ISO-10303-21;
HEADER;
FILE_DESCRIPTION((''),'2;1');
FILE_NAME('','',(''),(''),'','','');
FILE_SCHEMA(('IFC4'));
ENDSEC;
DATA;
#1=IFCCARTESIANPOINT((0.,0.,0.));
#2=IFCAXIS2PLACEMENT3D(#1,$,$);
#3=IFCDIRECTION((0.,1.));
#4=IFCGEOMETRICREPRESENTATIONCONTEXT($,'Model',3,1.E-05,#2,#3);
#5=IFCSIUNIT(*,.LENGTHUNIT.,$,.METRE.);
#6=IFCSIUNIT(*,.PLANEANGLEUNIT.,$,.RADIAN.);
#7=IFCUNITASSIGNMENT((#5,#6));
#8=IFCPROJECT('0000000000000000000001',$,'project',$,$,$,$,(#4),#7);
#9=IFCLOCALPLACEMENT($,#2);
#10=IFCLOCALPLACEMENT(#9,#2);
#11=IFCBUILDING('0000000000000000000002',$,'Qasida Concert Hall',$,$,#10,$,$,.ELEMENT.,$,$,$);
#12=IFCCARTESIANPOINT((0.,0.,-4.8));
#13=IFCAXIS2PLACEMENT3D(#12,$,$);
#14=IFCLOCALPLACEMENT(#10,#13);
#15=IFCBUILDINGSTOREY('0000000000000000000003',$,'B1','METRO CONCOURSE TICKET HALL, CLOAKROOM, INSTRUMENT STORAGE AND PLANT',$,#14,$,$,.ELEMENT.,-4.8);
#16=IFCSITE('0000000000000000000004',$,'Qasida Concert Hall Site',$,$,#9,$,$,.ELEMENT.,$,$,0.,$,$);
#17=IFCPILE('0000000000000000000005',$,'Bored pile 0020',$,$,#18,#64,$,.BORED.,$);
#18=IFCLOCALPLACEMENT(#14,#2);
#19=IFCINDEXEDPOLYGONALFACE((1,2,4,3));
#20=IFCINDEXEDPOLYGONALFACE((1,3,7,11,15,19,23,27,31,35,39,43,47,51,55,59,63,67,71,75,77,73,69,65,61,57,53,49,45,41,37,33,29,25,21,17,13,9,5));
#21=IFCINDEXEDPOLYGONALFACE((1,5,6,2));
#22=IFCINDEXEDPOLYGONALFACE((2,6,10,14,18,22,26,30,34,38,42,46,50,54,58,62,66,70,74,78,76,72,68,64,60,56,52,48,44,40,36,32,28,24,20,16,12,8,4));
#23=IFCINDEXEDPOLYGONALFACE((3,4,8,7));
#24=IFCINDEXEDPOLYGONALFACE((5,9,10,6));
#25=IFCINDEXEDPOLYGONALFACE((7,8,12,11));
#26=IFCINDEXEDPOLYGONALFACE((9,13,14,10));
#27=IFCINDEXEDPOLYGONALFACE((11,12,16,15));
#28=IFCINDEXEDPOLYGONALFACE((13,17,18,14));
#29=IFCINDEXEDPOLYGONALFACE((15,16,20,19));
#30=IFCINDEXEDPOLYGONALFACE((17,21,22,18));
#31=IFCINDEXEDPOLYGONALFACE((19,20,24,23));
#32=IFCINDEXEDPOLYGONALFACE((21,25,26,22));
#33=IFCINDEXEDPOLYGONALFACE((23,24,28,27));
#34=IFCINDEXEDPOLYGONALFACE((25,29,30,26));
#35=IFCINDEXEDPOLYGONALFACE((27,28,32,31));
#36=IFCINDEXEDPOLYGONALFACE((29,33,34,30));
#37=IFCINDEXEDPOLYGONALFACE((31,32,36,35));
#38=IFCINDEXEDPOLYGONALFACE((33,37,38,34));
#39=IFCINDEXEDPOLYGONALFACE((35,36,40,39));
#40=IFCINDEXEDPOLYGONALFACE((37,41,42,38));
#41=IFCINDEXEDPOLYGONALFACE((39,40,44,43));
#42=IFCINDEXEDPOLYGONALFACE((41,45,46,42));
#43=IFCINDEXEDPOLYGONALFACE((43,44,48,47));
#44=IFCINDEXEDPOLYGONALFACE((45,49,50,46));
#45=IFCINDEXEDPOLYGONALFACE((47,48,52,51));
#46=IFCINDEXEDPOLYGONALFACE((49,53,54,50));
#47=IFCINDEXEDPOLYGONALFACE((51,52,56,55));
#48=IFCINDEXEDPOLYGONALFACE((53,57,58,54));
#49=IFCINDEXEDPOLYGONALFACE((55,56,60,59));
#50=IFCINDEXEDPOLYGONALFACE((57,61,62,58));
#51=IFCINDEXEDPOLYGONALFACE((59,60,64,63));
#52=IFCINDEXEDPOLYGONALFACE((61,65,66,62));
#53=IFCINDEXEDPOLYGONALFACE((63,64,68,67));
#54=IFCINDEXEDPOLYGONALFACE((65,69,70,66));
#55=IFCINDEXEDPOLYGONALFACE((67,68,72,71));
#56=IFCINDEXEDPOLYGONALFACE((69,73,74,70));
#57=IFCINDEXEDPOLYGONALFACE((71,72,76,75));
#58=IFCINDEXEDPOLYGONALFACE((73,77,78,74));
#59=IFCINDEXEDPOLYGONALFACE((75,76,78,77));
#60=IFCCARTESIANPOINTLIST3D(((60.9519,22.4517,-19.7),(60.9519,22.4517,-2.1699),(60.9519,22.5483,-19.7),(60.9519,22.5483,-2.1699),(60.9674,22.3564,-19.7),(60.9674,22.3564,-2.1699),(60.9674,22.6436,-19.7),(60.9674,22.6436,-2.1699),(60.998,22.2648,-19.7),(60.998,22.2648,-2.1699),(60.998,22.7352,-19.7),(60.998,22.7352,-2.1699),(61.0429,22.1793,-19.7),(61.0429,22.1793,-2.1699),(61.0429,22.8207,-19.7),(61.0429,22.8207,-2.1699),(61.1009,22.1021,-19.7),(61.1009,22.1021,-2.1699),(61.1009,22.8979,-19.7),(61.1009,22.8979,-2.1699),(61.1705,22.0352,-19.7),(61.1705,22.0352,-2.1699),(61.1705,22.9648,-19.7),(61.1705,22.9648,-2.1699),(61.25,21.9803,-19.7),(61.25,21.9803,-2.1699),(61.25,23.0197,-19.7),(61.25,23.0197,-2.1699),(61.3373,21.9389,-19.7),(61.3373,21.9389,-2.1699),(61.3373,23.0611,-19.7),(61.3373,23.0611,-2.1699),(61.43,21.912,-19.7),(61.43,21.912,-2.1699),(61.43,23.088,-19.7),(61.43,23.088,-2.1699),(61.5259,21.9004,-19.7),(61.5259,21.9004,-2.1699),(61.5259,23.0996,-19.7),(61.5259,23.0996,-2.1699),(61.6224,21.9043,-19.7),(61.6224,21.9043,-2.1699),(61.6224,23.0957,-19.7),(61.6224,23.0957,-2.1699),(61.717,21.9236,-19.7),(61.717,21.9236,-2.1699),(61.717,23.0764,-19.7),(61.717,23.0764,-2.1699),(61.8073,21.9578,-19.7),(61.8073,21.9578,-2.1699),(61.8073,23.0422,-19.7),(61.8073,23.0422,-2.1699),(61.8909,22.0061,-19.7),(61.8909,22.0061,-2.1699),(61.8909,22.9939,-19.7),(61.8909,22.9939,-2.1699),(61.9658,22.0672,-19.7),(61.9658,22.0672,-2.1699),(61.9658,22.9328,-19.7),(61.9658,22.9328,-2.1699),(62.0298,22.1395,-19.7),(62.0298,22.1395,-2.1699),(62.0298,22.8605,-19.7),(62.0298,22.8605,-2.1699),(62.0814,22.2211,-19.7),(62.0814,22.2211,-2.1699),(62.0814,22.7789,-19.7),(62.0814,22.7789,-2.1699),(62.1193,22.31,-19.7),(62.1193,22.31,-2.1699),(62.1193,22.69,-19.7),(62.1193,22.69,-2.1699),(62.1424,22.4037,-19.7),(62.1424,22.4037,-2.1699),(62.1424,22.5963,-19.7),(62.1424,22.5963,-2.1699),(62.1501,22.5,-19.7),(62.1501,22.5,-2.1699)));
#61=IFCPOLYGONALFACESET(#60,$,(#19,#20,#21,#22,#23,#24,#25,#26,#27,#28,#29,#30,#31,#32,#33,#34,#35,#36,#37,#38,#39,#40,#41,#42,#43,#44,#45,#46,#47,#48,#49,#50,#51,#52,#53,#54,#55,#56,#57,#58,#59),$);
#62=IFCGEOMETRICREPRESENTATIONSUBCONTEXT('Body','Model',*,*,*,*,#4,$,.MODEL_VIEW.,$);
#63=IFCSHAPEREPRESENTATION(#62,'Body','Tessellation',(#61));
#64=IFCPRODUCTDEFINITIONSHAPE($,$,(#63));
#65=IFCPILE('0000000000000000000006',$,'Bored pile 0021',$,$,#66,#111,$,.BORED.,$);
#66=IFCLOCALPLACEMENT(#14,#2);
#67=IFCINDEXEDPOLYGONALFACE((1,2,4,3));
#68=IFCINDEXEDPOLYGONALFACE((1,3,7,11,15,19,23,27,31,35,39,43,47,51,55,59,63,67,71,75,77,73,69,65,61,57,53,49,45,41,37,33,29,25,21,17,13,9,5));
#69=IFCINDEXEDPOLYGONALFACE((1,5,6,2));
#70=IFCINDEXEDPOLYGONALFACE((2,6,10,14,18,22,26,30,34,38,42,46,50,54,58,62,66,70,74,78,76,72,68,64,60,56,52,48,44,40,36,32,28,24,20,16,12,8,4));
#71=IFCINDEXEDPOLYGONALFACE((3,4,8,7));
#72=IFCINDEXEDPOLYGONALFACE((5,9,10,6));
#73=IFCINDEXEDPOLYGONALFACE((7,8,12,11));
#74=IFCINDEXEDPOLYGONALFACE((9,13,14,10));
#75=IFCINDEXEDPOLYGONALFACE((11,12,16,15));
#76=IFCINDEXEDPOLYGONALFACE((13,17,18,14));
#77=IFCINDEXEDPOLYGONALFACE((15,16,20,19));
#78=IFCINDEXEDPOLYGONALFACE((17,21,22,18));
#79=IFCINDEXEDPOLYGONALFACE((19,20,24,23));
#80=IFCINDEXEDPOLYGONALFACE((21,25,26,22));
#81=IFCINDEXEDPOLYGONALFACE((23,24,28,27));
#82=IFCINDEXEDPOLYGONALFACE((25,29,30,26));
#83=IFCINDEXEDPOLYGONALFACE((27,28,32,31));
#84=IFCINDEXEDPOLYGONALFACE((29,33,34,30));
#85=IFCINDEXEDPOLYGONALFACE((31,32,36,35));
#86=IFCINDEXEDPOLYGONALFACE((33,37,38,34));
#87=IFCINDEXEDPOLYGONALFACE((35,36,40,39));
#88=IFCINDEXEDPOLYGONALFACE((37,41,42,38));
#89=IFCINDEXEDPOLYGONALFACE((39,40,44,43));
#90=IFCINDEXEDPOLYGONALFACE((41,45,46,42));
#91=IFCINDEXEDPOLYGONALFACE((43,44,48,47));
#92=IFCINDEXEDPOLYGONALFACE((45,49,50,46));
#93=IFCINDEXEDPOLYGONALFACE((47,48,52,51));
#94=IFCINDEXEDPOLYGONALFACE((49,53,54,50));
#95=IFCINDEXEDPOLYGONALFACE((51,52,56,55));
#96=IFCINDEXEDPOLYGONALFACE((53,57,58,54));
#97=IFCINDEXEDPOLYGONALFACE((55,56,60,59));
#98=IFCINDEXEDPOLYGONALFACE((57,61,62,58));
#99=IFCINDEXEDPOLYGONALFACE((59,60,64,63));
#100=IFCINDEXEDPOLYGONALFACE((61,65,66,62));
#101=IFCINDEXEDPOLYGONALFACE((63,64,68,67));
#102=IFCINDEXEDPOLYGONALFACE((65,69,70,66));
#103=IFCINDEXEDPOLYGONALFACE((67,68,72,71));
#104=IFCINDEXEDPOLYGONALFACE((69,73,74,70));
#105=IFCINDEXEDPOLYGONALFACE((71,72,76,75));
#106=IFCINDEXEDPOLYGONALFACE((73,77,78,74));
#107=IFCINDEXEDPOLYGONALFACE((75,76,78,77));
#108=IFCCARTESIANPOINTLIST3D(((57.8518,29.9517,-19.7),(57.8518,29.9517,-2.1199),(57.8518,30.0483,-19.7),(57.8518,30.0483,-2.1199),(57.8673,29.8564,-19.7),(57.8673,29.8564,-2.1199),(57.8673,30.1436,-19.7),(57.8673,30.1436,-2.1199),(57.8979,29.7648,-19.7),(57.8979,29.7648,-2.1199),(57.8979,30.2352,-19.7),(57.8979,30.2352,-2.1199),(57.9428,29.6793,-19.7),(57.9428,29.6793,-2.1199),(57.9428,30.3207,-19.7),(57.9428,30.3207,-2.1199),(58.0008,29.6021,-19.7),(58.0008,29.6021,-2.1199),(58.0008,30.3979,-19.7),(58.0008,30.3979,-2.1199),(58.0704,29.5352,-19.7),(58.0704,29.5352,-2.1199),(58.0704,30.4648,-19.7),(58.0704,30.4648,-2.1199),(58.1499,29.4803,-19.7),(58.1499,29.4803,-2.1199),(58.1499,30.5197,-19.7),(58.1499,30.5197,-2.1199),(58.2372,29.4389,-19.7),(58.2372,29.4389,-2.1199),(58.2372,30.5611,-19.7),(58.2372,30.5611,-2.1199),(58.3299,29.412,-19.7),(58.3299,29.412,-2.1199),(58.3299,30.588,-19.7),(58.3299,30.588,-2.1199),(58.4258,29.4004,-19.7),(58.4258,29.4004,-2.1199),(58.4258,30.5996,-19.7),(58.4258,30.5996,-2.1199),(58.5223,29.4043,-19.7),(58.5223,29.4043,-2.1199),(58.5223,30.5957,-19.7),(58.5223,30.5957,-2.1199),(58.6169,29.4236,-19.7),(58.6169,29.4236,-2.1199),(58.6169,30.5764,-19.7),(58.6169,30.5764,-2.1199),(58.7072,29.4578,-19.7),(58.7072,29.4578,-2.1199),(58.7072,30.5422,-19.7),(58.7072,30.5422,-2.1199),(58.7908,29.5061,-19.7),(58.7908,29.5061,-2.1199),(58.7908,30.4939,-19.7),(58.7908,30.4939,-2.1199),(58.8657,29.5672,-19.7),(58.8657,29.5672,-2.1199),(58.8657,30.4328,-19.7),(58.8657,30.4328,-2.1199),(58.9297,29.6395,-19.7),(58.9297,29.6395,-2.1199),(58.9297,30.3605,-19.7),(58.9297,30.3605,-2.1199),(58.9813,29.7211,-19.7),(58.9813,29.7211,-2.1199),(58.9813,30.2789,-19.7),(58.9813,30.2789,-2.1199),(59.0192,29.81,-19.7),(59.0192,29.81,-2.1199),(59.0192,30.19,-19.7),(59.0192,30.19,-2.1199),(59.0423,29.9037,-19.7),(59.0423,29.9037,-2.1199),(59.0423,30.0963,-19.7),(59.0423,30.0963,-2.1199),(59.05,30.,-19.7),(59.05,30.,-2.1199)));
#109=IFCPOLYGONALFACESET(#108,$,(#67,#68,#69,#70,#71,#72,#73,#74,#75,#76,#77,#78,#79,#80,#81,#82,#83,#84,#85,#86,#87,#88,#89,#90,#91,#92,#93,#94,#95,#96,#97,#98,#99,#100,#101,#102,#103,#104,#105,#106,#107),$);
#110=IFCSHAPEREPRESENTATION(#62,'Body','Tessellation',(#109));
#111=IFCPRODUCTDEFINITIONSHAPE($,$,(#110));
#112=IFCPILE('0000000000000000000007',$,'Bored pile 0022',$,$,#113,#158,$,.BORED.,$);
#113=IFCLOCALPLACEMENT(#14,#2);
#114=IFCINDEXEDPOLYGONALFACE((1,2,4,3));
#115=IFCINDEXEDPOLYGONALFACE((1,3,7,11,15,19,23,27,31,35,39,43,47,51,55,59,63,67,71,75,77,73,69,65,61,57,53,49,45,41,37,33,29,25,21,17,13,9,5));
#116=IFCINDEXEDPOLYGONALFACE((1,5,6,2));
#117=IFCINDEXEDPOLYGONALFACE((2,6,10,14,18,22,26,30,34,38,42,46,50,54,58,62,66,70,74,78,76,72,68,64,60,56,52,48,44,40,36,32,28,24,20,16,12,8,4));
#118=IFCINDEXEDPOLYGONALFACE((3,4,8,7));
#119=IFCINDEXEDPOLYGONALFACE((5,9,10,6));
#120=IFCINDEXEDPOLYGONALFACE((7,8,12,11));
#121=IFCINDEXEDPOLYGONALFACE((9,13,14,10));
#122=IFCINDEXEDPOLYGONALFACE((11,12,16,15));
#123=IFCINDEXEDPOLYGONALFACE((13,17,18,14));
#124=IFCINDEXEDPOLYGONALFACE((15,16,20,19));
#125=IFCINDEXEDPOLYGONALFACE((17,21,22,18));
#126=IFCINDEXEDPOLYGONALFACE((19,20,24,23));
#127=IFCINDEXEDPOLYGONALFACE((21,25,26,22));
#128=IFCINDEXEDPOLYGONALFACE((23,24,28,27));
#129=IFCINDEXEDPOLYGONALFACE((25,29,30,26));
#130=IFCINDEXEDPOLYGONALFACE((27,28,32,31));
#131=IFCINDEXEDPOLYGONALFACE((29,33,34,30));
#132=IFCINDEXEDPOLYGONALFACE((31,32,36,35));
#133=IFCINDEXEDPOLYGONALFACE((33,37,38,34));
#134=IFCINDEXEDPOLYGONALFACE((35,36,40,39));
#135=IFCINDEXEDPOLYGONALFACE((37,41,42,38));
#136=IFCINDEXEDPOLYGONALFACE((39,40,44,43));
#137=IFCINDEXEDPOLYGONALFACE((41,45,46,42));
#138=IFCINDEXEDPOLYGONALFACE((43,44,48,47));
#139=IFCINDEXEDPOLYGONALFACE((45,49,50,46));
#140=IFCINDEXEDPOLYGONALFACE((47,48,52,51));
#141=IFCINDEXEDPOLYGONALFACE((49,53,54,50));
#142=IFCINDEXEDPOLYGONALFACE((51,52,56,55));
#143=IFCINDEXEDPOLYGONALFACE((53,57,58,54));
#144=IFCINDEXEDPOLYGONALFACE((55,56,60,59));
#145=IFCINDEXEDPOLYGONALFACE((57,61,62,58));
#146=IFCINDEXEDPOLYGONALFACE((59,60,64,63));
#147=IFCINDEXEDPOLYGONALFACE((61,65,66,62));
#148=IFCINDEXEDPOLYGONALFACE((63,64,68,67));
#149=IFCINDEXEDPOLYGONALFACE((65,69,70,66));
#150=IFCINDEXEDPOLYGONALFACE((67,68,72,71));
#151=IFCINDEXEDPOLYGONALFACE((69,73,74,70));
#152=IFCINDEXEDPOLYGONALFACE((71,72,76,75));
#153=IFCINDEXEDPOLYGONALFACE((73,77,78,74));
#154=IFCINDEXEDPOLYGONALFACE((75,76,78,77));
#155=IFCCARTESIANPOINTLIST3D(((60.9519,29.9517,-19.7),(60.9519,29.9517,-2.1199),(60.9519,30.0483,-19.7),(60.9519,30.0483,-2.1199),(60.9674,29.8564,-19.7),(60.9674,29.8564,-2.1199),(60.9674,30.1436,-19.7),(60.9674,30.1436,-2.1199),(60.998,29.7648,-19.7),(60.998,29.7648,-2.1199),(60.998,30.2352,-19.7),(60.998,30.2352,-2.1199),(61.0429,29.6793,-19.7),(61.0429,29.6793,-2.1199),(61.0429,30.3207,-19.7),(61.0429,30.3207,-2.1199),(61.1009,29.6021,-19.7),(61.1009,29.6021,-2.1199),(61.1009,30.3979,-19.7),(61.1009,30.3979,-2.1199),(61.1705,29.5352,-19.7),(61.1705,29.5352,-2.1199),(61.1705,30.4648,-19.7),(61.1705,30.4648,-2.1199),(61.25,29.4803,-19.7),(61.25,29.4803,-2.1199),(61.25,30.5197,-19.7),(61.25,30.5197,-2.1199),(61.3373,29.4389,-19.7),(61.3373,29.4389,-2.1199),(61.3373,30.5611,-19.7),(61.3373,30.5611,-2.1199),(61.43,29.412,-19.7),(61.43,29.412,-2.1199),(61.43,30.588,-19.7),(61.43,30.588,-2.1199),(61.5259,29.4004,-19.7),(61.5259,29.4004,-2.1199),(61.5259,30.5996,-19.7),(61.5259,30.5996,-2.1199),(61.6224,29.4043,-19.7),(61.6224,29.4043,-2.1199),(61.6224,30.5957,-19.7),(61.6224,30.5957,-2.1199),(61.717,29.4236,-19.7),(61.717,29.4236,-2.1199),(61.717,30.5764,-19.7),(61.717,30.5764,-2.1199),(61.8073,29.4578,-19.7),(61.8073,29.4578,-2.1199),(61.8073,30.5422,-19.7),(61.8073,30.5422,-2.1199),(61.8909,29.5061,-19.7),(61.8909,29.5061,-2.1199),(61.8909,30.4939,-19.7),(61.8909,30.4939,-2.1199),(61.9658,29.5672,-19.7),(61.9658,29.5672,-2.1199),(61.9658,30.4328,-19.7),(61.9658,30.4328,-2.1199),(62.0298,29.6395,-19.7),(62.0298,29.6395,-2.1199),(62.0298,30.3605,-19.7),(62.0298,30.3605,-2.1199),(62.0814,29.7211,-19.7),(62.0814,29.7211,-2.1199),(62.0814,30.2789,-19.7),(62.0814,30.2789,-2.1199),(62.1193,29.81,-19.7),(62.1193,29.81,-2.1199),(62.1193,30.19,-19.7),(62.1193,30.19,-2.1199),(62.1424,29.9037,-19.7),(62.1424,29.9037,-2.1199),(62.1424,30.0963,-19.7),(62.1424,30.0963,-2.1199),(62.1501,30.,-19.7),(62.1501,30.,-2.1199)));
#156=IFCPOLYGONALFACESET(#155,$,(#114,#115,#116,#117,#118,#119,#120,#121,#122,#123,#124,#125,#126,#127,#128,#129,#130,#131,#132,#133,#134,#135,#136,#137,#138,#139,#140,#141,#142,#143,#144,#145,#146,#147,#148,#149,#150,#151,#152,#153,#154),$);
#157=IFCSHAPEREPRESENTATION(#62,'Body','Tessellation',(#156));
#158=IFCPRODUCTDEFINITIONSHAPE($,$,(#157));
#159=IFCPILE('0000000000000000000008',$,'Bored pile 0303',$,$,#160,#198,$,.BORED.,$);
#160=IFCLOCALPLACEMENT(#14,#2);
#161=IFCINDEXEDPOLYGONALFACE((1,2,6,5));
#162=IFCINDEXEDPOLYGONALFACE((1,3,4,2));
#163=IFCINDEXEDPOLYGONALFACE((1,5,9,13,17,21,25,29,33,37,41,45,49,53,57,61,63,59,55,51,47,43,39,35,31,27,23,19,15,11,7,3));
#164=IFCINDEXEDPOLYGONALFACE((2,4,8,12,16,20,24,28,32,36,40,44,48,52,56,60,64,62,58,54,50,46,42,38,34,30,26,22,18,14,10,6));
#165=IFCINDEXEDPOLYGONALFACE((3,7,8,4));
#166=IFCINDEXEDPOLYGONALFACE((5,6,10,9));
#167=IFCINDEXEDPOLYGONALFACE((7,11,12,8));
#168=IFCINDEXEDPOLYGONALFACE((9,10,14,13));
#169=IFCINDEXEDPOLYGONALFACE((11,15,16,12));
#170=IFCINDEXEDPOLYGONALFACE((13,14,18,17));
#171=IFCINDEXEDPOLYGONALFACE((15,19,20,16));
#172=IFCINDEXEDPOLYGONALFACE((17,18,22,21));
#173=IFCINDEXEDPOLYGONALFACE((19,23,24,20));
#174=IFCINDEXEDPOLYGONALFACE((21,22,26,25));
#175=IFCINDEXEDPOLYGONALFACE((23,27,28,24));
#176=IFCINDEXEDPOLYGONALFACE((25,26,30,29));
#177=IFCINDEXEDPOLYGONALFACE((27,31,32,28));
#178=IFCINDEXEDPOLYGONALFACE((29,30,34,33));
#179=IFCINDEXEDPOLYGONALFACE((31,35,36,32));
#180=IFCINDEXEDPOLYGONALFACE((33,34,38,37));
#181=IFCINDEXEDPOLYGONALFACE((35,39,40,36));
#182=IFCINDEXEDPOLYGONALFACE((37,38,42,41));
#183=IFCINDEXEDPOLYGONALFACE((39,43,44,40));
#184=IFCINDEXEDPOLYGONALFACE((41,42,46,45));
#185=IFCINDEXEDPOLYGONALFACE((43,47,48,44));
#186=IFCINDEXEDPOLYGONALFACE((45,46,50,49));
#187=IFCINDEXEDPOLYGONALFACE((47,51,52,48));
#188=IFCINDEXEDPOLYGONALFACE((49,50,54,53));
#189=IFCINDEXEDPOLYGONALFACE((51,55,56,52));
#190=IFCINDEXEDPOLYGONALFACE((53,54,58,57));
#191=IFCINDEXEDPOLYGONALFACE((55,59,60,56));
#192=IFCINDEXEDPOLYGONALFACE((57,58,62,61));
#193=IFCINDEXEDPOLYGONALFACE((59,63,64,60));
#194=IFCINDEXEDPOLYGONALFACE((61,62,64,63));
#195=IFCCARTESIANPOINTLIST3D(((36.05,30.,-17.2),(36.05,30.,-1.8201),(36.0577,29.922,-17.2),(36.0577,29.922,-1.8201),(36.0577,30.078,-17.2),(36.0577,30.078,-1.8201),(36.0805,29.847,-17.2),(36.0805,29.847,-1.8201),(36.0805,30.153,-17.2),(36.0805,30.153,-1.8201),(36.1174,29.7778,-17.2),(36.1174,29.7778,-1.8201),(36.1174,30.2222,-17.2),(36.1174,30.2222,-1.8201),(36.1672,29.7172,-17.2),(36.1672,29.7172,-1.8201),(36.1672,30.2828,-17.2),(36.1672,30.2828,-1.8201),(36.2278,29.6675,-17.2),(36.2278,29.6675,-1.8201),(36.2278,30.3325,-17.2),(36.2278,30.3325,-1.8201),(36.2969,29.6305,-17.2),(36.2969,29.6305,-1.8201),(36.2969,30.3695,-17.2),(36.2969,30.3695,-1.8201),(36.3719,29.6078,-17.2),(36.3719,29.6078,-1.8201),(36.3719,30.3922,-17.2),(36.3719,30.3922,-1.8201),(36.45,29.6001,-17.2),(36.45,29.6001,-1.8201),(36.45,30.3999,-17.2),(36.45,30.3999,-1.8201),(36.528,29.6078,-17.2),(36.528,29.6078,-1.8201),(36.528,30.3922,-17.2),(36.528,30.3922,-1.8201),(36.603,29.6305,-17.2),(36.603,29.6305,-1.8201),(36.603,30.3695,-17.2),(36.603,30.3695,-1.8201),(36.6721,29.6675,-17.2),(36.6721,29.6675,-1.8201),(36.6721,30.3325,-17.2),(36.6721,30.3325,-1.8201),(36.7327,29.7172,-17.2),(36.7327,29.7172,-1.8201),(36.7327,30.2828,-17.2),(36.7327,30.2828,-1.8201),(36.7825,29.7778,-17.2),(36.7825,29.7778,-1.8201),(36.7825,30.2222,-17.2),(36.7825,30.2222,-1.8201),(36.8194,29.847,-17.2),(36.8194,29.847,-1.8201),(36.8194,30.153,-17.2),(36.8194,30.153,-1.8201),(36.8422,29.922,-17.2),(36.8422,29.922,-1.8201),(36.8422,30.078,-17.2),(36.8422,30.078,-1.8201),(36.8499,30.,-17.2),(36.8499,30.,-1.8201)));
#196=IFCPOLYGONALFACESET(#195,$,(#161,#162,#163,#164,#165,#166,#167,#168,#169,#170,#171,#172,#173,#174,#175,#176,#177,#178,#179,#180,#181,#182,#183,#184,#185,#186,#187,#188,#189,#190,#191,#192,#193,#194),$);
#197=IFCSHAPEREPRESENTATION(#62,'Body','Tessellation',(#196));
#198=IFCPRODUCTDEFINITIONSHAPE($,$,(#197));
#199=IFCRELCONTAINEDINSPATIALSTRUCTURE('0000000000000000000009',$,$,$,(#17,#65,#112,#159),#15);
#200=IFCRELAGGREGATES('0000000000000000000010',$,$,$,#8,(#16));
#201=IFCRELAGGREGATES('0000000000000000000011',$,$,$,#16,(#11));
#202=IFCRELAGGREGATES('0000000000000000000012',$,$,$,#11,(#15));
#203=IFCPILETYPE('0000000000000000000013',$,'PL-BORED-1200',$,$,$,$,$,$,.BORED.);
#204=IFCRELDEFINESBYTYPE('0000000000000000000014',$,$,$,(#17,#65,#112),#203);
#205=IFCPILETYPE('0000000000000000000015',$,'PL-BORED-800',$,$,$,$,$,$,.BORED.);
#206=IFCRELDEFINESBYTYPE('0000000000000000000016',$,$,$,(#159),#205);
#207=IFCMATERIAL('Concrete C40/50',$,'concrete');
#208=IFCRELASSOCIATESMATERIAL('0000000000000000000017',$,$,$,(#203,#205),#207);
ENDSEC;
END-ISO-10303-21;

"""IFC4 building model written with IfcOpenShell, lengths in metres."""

from ifc_helpers import new_model, si_unit, direction, frame, origin, origin_2d, place, context, subcontext, project, spatial, circle, extrude, material, material_profile, profile_set, type_object, element, save


model = new_model("IFC4")

# Units and contexts
model_context = context("Model", 3, precision=1e-05, world=origin(), true_north=direction((0.0, 1.0)))
body_context = subcontext(model_context, "Body", "Model", "MODEL_VIEW")
ifc_project = project(units=[si_unit("LENGTHUNIT", "METRE"), si_unit("PLANEANGLEUNIT", "RADIAN")], contexts=[model_context])

# Site, building, storey
site_placement = place(None, origin())
site = spatial("IfcSite", under=ifc_project, at=site_placement, Name="Qasida Concert Hall Site", CompositionType="ELEMENT", RefElevation=0.0)
building_placement = place(site_placement, origin())
building = spatial("IfcBuilding", under=site, at=building_placement, Name="Qasida Concert Hall", CompositionType="ELEMENT")
storey_placement = place(building_placement, frame((0.0, 0.0, -4.8)))
storey = spatial("IfcBuildingStorey", under=building, at=storey_placement, Name="B1", Description="METRO CONCOURSE TICKET HALL, CLOAKROOM, INSTRUMENT STORAGE AND PLANT", CompositionType="ELEMENT", Elevation=-4.8)

# Shared definitions
ifc_material_1 = material(Name="Concrete C40/50", Category="concrete")

# Piles
ifc_material_profile_1 = material_profile(ifc_material_1, circle(Radius=0.6001, at=origin_2d()), Name="BORED PILE D1200")
ifc_profile_set_1 = profile_set([ifc_material_profile_1], Name="Concrete C40/50")
pile_type_1 = type_object("IfcPileType", Name="PL-BORED-1200", PredefinedType="BORED", material=ifc_profile_set_1)
pile_1_placement = place(storey_placement, frame((61.55, 22.5, -2.1699), z_axis=(0.0, 0.0, -1.0), x_axis=(1.0, 0.0, 0.0)))
element("IfcPile", 1, at=pile_1_placement, inside=storey, type_object=pile_type_1, Name="Bored pile 0020", PredefinedType="BORED", context=body_context, shape_type="SweptSolid", body=[
    extrude(circle(Radius=0.6001, at=origin_2d()), origin(), (0.0, 0.0, 1.0), 17.53),
])
for number, where, z_axis, x_axis, name in (
    (2, (58.45, 30.0, -2.1199), (0.0, 0.0, -1.0), (1.0, 0.0, 0.0), "Bored pile 0021"),
    (3, (61.55, 30.0, -2.1199), (0.0, 0.0, -1.0), (1.0, 0.0, 0.0), "Bored pile 0022"),
):
    element("IfcPile", number, at=place(storey_placement, frame(where, z_axis=z_axis, x_axis=x_axis)), inside=storey, type_object=pile_type_1, Name=name, PredefinedType="BORED", context=body_context, shape_type="SweptSolid", body=[
        extrude(circle(Radius=0.6001, at=origin_2d()), origin(), (0.0, 0.0, 1.0), 17.5801),
    ])
ifc_material_profile_2 = material_profile(ifc_material_1, circle(Radius=0.3999, at=origin_2d()), Name="BORED PILE D800")
ifc_profile_set_2 = profile_set([ifc_material_profile_2], Name="Concrete C40/50")
pile_type_2 = type_object("IfcPileType", Name="PL-BORED-800", PredefinedType="BORED", material=ifc_profile_set_2)
for number, where, z_axis, x_axis, name in (
    (4, (36.45, 30.0, -1.8201), (0.0, 0.0, -1.0), (1.0, 0.0, 0.0), "Bored pile 0303"),
):
    element("IfcPile", number, at=place(storey_placement, frame(where, z_axis=z_axis, x_axis=x_axis)), inside=storey, type_object=pile_type_2, Name=name, PredefinedType="BORED", context=body_context, shape_type="SweptSolid", body=[
        extrude(circle(Radius=0.3999, at=origin_2d()), origin(), (0.0, 0.0, 1.0), 15.3799),
    ])

save(model, "model.ifc")
